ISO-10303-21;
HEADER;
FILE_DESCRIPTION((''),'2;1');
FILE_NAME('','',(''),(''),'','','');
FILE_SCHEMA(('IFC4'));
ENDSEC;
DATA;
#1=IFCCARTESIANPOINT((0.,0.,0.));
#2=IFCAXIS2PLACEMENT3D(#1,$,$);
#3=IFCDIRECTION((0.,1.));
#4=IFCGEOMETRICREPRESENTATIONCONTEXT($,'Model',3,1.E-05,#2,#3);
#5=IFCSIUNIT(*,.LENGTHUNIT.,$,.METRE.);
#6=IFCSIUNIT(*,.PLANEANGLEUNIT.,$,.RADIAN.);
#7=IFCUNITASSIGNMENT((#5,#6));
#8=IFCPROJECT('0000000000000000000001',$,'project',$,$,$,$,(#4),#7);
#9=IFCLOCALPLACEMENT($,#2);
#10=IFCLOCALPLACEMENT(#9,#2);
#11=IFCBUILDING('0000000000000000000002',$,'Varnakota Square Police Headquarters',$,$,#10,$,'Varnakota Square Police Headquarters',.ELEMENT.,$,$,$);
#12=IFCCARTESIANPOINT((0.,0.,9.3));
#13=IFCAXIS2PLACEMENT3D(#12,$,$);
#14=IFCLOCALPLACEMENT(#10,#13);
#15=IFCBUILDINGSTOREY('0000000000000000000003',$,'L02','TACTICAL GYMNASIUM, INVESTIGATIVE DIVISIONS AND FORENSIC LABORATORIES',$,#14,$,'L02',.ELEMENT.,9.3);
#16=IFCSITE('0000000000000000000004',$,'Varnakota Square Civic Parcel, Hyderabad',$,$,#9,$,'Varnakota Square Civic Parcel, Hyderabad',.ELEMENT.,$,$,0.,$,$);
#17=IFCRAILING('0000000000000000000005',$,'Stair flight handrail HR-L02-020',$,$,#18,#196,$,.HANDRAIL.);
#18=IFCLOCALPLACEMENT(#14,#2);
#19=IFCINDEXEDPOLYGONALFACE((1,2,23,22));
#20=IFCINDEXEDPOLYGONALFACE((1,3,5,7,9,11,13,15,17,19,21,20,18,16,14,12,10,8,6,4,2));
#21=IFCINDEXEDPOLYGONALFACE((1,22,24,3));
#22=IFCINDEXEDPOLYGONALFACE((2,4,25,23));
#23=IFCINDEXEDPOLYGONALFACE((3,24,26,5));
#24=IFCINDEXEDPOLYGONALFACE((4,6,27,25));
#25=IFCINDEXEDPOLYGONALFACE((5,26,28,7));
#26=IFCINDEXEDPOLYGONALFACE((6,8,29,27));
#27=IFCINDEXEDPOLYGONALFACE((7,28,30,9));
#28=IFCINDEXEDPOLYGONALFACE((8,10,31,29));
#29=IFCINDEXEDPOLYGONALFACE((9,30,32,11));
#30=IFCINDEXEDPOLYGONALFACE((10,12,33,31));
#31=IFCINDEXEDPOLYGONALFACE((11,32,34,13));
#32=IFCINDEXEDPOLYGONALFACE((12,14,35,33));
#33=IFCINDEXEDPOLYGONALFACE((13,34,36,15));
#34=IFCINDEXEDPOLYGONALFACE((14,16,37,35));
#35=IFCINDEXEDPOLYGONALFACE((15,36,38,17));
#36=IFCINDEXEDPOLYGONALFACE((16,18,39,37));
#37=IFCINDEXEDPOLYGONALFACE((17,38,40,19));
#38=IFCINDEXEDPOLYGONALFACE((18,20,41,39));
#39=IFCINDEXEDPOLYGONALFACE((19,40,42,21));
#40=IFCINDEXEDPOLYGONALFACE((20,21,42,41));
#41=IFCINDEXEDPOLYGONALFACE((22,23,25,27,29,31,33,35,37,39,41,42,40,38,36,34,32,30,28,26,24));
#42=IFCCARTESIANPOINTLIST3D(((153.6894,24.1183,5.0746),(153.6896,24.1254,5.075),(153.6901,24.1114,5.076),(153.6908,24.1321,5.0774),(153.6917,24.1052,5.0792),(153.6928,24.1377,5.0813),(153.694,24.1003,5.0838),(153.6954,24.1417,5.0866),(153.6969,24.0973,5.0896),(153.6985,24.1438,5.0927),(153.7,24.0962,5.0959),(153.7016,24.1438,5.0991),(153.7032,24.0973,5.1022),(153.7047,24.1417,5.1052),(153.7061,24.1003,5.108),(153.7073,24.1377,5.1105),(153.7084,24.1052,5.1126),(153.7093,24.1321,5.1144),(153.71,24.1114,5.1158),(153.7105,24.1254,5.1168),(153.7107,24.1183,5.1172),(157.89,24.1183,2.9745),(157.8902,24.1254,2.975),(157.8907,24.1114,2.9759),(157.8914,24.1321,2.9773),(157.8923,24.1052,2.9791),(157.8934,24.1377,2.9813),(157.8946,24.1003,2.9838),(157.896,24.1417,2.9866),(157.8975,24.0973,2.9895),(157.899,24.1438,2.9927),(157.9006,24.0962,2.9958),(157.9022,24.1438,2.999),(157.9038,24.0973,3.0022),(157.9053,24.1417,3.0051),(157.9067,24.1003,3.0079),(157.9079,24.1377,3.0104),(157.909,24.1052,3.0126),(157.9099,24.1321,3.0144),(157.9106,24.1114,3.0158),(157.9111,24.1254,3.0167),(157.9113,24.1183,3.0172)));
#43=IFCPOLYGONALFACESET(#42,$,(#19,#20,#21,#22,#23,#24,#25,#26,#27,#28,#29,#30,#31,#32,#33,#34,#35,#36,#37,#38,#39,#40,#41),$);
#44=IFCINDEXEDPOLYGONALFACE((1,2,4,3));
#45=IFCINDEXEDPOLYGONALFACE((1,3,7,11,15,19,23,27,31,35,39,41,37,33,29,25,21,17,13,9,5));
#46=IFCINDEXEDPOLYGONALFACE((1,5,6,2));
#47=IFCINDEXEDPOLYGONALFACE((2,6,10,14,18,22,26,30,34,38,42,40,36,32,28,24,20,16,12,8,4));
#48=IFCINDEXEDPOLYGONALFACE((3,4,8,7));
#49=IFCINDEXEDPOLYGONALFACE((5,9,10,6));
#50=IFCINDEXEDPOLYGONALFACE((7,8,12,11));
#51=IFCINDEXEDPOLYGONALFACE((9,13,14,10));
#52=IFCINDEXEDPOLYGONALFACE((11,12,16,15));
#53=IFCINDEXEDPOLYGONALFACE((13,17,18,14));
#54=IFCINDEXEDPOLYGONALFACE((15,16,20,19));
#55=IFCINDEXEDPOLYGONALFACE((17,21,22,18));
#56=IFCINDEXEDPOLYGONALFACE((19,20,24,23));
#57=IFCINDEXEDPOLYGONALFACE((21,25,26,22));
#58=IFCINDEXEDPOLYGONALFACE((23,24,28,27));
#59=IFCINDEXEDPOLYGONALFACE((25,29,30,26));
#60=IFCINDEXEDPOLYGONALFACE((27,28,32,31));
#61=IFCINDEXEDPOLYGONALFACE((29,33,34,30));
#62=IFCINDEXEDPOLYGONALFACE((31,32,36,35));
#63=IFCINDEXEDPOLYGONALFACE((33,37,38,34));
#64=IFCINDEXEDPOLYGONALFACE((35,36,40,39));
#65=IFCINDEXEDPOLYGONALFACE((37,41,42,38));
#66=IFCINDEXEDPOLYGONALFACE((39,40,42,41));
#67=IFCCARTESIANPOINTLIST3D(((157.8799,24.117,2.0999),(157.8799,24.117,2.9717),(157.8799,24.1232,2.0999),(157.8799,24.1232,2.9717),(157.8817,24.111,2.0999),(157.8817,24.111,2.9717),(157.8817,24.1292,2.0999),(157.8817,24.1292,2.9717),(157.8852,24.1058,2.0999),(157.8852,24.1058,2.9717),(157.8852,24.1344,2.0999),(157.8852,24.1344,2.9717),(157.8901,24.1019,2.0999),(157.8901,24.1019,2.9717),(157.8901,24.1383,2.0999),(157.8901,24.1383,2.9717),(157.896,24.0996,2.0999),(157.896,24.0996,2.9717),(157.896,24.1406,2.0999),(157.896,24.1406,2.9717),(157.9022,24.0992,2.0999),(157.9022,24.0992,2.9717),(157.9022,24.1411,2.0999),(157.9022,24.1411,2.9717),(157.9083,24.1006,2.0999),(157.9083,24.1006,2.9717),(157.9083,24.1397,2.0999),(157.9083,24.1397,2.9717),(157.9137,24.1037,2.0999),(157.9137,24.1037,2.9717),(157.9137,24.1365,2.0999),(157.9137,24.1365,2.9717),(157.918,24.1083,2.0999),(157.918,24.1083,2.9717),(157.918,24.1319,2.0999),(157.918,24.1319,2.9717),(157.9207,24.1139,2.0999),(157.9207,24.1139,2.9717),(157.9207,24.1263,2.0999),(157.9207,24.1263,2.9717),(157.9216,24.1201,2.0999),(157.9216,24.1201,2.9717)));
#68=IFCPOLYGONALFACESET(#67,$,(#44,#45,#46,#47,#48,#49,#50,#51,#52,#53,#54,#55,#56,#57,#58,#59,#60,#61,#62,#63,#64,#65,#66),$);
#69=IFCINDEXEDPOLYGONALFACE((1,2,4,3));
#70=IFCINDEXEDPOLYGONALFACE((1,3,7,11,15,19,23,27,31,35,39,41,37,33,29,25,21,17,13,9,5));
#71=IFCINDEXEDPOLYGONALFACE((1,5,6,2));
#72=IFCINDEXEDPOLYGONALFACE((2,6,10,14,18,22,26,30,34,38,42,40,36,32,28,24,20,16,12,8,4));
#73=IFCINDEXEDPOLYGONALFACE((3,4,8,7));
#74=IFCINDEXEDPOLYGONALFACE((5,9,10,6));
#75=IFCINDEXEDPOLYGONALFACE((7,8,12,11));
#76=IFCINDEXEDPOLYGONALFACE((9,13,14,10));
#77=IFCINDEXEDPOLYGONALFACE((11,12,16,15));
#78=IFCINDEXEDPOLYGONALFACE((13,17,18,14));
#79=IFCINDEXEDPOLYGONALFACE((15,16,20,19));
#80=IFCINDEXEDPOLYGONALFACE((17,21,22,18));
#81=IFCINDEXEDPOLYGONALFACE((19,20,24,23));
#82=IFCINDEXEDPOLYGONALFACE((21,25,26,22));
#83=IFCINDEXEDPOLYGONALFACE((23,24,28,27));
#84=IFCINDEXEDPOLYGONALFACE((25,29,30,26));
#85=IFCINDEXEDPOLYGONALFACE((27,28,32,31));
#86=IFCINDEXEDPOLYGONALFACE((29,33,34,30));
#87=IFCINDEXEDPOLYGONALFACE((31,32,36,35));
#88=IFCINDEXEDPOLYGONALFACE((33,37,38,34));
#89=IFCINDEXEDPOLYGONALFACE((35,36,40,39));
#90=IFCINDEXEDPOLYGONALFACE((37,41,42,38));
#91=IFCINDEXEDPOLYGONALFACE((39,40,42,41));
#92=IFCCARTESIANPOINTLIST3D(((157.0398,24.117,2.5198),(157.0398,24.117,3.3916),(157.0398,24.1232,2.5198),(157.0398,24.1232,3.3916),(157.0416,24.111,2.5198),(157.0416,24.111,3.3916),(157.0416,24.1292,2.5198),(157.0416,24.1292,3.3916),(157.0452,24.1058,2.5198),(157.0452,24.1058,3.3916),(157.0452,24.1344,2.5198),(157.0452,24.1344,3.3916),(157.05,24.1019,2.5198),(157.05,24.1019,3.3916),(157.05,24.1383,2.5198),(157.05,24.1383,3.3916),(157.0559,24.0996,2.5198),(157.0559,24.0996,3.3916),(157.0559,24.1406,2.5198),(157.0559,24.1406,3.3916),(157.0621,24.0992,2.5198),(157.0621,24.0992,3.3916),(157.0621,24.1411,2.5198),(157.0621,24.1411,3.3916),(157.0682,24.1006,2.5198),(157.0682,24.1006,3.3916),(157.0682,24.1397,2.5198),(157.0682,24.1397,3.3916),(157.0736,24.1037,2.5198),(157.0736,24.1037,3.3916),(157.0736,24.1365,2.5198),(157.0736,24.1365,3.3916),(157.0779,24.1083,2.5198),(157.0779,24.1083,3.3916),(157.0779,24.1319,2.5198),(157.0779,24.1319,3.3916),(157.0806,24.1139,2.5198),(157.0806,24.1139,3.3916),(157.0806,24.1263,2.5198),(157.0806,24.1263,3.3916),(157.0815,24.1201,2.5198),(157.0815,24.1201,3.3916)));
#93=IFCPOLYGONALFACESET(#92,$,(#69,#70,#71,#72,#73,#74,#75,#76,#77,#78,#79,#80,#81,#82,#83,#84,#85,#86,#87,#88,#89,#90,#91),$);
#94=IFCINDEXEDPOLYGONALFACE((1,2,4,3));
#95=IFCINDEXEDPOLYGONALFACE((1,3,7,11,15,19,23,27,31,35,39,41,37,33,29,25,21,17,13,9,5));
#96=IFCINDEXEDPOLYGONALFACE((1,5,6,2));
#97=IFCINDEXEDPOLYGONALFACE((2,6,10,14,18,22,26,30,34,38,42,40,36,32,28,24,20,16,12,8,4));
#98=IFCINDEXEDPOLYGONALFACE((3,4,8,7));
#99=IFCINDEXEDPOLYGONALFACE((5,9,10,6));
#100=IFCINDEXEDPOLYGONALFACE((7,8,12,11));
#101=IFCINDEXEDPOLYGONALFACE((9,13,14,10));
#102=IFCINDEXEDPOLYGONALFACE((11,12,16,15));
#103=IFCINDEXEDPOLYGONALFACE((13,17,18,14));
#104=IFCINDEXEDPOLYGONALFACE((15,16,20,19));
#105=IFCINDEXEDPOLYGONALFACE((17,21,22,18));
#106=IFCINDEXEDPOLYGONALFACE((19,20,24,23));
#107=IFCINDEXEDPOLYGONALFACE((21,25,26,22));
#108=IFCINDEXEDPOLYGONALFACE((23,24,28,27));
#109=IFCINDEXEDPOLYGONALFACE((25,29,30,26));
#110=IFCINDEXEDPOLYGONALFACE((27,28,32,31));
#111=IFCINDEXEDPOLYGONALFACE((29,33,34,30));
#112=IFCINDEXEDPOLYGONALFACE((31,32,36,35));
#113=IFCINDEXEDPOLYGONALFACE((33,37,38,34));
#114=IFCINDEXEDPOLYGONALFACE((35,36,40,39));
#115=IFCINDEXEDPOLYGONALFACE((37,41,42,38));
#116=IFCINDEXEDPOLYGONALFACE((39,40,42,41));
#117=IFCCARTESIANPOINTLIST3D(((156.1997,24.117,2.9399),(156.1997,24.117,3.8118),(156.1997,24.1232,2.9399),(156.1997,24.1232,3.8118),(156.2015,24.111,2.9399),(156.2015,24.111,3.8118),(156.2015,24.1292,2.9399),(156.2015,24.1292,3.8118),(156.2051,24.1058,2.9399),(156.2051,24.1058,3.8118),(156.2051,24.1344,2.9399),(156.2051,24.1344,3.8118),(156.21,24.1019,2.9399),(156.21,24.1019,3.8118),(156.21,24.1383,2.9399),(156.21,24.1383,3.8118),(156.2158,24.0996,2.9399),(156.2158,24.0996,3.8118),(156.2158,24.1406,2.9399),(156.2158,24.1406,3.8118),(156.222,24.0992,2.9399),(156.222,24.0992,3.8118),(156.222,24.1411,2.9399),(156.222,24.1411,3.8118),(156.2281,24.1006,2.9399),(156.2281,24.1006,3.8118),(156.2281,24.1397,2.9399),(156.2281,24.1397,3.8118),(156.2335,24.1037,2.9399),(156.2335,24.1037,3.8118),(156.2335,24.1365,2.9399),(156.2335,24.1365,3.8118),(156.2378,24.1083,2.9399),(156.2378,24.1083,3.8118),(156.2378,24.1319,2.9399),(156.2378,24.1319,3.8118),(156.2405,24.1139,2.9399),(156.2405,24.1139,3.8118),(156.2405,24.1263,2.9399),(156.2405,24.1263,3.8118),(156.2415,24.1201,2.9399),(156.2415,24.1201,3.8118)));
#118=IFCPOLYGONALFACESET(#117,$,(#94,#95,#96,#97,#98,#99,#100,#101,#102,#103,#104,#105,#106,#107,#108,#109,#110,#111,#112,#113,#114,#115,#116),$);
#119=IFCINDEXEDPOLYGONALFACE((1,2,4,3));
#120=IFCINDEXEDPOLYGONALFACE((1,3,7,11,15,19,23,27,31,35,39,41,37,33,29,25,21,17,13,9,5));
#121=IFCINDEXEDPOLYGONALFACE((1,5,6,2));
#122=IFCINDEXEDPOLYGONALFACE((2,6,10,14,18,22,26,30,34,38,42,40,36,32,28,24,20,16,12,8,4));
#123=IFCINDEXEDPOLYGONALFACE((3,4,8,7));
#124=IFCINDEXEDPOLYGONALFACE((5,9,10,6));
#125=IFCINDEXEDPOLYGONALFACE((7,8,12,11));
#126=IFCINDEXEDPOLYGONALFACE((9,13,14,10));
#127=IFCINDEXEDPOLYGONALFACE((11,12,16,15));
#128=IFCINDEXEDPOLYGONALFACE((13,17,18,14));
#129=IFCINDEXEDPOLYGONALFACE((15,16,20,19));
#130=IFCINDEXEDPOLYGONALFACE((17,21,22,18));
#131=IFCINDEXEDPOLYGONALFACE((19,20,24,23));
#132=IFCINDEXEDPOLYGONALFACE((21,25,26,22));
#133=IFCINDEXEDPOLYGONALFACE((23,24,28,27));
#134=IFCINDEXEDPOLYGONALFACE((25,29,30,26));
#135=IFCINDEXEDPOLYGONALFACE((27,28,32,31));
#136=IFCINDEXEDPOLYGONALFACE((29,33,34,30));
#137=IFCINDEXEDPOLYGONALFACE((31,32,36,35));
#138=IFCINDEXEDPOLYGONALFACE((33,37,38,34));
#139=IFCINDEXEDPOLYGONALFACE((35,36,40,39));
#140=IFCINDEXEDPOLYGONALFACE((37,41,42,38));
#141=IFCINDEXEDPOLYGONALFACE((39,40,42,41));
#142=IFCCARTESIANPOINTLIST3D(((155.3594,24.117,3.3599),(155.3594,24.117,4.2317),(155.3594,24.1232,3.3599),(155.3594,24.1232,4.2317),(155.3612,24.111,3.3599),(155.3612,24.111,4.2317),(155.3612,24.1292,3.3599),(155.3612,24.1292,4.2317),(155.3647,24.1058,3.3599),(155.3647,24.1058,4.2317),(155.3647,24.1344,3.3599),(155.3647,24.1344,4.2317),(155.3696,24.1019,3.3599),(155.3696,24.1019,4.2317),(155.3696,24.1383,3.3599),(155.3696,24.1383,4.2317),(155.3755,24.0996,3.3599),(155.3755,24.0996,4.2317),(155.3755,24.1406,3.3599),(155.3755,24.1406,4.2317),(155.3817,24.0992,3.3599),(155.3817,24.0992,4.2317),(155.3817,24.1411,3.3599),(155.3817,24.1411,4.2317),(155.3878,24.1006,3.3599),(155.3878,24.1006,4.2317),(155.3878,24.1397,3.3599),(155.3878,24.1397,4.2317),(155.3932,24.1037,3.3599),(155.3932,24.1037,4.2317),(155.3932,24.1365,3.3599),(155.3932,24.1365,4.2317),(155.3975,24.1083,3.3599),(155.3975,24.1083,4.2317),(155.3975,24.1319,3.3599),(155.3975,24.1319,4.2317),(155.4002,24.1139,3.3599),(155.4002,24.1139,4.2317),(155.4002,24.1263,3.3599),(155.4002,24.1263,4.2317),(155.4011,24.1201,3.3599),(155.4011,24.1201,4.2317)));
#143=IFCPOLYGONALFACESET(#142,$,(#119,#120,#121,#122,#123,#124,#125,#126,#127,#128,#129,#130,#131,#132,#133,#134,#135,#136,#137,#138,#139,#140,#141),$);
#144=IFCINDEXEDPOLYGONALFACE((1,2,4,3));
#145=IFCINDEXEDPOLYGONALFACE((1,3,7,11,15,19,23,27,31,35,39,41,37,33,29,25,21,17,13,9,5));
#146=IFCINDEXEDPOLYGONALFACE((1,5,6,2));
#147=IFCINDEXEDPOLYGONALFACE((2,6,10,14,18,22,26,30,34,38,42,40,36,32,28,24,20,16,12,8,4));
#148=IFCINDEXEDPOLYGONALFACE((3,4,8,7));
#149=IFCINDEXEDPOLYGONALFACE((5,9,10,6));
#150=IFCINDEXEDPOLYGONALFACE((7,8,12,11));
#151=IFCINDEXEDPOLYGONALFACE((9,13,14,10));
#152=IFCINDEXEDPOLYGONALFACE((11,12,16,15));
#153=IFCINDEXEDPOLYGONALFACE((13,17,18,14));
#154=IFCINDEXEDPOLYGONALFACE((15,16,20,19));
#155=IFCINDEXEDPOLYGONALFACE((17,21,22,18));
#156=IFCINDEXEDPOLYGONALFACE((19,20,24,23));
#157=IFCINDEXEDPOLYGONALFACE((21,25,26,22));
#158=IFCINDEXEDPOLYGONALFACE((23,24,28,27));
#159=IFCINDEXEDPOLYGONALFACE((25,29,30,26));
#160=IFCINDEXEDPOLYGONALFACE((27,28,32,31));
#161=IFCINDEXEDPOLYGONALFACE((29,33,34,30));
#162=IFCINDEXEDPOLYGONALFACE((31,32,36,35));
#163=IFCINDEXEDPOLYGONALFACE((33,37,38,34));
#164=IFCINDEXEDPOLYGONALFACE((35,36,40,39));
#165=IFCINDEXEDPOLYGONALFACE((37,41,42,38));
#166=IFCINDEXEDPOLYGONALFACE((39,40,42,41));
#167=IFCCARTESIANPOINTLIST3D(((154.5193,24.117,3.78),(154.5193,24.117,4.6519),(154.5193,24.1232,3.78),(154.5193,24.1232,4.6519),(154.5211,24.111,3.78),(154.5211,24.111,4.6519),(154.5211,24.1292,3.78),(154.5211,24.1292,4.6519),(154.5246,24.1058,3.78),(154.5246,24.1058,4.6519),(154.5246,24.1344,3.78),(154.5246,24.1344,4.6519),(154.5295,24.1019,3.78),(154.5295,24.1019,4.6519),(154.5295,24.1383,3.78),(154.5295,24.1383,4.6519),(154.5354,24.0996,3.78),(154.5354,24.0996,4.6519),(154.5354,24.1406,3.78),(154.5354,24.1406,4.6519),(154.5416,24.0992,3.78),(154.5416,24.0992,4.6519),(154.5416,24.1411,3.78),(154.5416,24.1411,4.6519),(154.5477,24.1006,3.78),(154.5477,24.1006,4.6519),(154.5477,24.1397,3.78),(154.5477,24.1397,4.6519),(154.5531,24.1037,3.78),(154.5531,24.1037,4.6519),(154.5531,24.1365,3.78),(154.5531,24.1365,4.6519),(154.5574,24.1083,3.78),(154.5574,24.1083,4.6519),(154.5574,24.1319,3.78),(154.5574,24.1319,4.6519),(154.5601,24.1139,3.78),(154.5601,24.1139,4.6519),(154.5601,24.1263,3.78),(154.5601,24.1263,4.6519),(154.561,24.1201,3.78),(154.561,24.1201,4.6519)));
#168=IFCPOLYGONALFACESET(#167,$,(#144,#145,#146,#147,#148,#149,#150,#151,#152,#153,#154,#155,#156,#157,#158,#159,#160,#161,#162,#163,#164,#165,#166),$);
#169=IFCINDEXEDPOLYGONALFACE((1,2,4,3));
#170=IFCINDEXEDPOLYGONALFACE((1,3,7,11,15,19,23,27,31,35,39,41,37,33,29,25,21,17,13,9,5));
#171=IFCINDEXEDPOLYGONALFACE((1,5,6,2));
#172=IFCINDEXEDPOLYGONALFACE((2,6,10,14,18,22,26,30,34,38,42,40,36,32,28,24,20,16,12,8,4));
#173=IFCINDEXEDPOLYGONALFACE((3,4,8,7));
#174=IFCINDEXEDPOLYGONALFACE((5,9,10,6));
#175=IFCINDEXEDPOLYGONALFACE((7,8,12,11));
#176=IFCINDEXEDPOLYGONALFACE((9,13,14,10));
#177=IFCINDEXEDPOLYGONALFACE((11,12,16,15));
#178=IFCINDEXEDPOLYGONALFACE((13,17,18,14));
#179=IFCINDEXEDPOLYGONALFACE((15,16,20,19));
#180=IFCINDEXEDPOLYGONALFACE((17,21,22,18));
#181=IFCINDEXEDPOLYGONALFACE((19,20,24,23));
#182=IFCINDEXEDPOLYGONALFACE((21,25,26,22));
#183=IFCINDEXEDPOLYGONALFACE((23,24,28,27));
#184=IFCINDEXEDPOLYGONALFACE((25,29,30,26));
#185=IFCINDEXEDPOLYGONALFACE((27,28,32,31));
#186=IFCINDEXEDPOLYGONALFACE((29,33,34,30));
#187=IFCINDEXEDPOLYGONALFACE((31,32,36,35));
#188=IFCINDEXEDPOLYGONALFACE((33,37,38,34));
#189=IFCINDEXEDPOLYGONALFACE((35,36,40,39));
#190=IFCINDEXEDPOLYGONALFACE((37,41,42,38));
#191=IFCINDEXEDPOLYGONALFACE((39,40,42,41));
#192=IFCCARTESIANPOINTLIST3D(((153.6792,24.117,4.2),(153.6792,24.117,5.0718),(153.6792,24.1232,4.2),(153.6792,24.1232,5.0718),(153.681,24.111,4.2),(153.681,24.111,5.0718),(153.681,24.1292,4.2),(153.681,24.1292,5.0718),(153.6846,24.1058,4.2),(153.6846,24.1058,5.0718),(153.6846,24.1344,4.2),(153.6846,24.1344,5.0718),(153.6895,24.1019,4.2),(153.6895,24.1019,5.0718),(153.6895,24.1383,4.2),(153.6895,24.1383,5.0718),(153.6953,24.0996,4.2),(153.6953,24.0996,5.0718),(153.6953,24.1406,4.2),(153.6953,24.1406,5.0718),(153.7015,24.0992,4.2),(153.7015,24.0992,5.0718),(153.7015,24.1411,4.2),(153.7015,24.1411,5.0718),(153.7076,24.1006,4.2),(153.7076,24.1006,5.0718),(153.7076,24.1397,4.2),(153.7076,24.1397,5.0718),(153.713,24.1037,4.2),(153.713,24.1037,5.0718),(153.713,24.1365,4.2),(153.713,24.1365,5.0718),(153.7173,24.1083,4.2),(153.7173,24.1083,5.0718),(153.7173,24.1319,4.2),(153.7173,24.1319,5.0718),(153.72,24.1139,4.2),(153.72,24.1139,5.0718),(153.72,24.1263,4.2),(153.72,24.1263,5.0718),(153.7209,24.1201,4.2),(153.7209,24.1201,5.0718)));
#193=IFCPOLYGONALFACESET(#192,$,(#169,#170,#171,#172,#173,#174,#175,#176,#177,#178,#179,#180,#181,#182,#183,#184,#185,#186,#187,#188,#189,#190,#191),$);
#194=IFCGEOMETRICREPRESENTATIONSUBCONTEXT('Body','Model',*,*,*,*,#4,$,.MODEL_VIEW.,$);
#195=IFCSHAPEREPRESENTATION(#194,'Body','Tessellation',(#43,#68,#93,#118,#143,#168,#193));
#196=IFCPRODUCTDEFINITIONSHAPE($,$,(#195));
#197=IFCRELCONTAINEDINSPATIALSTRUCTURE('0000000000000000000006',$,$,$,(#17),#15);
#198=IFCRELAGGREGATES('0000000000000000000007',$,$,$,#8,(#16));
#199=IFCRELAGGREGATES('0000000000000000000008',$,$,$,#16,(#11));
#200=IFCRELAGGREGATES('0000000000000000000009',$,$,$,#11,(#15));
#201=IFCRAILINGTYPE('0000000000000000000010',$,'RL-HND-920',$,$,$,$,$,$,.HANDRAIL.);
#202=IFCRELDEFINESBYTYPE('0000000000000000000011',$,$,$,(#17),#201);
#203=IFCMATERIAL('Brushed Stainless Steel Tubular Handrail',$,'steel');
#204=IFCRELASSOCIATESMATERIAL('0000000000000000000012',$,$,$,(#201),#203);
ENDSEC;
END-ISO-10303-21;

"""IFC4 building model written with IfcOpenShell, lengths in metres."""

from ifc_helpers import new_model, si_unit, direction, frame, origin, origin_2d, place, context, subcontext, project, spatial, circle, extrude, material, type_object, element, save


model = new_model("IFC4")

# Units and contexts
model_context = context("Model", 3, precision=1e-05, world=origin(), true_north=direction((0.0, 1.0)))
body_context = subcontext(model_context, "Body", "Model", "MODEL_VIEW")
ifc_project = project(units=[si_unit("LENGTHUNIT", "METRE"), si_unit("PLANEANGLEUNIT", "RADIAN")], contexts=[model_context])

# Site, building, storey
site_placement = place(None, origin())
site = spatial("IfcSite", under=ifc_project, at=site_placement, Name="Varnakota Square Civic Parcel, Hyderabad", LongName="Varnakota Square Civic Parcel, Hyderabad", CompositionType="ELEMENT", RefElevation=0.0)
building_placement = place(site_placement, origin())
building = spatial("IfcBuilding", under=site, at=building_placement, Name="Varnakota Square Police Headquarters", LongName="Varnakota Square Police Headquarters", CompositionType="ELEMENT")
storey_placement = place(building_placement, frame((0.0, 0.0, 9.3)))
storey = spatial("IfcBuildingStorey", under=building, at=storey_placement, Name="L02", Description="TACTICAL GYMNASIUM, INVESTIGATIVE DIVISIONS AND FORENSIC LABORATORIES", LongName="L02", CompositionType="ELEMENT", Elevation=9.3)

# Railing
ifc_material_1 = material(Name="Brushed Stainless Steel Tubular Handrail", Category="steel")
railing_type_1 = type_object("IfcRailingType", Name="RL-HND-920", PredefinedType="HANDRAIL", material=ifc_material_1)
railing_1_placement = place(storey_placement, frame((157.9006, 24.1201, 2.0999)))
element("IfcRailing", 1, at=railing_1_placement, inside=storey, type_object=railing_type_1, Name="Stair flight handrail HR-L02-020", PredefinedType="HANDRAIL", context=body_context, shape_type="SweptSolid", body=[
    extrude(circle(Radius=0.0239, at=origin_2d()), frame((0.0, 0.0, 0.896), z_axis=(-0.894448, 0.0, 0.447172), x_axis=(0.0, -1.0, 0.0)), (0.0, 0.0, 1.0), 4.6963),
    extrude(circle(Radius=0.021, at=origin_2d()), origin(), (0.0, 0.0, 1.0), 0.8718),
    extrude(circle(Radius=0.021, at=origin_2d()), frame((-0.8401, 0.0, 0.4199)), (0.0, 0.0, 1.0), 0.8718),
    extrude(circle(Radius=0.021, at=origin_2d()), frame((-1.6802, 0.0, 0.8401)), (0.0, 0.0, 1.0), 0.8718),
    extrude(circle(Radius=0.021, at=origin_2d()), frame((-2.5205, 0.0, 1.26)), (0.0, 0.0, 1.0), 0.8718),
    extrude(circle(Radius=0.021, at=origin_2d()), frame((-3.3606, 0.0, 1.6802)), (0.0, 0.0, 1.0), 0.8718),
    extrude(circle(Radius=0.021, at=origin_2d()), frame((-4.2007, 0.0, 2.1001)), (0.0, 0.0, 1.0), 0.8718),
])

save(model, "model.ifc")
